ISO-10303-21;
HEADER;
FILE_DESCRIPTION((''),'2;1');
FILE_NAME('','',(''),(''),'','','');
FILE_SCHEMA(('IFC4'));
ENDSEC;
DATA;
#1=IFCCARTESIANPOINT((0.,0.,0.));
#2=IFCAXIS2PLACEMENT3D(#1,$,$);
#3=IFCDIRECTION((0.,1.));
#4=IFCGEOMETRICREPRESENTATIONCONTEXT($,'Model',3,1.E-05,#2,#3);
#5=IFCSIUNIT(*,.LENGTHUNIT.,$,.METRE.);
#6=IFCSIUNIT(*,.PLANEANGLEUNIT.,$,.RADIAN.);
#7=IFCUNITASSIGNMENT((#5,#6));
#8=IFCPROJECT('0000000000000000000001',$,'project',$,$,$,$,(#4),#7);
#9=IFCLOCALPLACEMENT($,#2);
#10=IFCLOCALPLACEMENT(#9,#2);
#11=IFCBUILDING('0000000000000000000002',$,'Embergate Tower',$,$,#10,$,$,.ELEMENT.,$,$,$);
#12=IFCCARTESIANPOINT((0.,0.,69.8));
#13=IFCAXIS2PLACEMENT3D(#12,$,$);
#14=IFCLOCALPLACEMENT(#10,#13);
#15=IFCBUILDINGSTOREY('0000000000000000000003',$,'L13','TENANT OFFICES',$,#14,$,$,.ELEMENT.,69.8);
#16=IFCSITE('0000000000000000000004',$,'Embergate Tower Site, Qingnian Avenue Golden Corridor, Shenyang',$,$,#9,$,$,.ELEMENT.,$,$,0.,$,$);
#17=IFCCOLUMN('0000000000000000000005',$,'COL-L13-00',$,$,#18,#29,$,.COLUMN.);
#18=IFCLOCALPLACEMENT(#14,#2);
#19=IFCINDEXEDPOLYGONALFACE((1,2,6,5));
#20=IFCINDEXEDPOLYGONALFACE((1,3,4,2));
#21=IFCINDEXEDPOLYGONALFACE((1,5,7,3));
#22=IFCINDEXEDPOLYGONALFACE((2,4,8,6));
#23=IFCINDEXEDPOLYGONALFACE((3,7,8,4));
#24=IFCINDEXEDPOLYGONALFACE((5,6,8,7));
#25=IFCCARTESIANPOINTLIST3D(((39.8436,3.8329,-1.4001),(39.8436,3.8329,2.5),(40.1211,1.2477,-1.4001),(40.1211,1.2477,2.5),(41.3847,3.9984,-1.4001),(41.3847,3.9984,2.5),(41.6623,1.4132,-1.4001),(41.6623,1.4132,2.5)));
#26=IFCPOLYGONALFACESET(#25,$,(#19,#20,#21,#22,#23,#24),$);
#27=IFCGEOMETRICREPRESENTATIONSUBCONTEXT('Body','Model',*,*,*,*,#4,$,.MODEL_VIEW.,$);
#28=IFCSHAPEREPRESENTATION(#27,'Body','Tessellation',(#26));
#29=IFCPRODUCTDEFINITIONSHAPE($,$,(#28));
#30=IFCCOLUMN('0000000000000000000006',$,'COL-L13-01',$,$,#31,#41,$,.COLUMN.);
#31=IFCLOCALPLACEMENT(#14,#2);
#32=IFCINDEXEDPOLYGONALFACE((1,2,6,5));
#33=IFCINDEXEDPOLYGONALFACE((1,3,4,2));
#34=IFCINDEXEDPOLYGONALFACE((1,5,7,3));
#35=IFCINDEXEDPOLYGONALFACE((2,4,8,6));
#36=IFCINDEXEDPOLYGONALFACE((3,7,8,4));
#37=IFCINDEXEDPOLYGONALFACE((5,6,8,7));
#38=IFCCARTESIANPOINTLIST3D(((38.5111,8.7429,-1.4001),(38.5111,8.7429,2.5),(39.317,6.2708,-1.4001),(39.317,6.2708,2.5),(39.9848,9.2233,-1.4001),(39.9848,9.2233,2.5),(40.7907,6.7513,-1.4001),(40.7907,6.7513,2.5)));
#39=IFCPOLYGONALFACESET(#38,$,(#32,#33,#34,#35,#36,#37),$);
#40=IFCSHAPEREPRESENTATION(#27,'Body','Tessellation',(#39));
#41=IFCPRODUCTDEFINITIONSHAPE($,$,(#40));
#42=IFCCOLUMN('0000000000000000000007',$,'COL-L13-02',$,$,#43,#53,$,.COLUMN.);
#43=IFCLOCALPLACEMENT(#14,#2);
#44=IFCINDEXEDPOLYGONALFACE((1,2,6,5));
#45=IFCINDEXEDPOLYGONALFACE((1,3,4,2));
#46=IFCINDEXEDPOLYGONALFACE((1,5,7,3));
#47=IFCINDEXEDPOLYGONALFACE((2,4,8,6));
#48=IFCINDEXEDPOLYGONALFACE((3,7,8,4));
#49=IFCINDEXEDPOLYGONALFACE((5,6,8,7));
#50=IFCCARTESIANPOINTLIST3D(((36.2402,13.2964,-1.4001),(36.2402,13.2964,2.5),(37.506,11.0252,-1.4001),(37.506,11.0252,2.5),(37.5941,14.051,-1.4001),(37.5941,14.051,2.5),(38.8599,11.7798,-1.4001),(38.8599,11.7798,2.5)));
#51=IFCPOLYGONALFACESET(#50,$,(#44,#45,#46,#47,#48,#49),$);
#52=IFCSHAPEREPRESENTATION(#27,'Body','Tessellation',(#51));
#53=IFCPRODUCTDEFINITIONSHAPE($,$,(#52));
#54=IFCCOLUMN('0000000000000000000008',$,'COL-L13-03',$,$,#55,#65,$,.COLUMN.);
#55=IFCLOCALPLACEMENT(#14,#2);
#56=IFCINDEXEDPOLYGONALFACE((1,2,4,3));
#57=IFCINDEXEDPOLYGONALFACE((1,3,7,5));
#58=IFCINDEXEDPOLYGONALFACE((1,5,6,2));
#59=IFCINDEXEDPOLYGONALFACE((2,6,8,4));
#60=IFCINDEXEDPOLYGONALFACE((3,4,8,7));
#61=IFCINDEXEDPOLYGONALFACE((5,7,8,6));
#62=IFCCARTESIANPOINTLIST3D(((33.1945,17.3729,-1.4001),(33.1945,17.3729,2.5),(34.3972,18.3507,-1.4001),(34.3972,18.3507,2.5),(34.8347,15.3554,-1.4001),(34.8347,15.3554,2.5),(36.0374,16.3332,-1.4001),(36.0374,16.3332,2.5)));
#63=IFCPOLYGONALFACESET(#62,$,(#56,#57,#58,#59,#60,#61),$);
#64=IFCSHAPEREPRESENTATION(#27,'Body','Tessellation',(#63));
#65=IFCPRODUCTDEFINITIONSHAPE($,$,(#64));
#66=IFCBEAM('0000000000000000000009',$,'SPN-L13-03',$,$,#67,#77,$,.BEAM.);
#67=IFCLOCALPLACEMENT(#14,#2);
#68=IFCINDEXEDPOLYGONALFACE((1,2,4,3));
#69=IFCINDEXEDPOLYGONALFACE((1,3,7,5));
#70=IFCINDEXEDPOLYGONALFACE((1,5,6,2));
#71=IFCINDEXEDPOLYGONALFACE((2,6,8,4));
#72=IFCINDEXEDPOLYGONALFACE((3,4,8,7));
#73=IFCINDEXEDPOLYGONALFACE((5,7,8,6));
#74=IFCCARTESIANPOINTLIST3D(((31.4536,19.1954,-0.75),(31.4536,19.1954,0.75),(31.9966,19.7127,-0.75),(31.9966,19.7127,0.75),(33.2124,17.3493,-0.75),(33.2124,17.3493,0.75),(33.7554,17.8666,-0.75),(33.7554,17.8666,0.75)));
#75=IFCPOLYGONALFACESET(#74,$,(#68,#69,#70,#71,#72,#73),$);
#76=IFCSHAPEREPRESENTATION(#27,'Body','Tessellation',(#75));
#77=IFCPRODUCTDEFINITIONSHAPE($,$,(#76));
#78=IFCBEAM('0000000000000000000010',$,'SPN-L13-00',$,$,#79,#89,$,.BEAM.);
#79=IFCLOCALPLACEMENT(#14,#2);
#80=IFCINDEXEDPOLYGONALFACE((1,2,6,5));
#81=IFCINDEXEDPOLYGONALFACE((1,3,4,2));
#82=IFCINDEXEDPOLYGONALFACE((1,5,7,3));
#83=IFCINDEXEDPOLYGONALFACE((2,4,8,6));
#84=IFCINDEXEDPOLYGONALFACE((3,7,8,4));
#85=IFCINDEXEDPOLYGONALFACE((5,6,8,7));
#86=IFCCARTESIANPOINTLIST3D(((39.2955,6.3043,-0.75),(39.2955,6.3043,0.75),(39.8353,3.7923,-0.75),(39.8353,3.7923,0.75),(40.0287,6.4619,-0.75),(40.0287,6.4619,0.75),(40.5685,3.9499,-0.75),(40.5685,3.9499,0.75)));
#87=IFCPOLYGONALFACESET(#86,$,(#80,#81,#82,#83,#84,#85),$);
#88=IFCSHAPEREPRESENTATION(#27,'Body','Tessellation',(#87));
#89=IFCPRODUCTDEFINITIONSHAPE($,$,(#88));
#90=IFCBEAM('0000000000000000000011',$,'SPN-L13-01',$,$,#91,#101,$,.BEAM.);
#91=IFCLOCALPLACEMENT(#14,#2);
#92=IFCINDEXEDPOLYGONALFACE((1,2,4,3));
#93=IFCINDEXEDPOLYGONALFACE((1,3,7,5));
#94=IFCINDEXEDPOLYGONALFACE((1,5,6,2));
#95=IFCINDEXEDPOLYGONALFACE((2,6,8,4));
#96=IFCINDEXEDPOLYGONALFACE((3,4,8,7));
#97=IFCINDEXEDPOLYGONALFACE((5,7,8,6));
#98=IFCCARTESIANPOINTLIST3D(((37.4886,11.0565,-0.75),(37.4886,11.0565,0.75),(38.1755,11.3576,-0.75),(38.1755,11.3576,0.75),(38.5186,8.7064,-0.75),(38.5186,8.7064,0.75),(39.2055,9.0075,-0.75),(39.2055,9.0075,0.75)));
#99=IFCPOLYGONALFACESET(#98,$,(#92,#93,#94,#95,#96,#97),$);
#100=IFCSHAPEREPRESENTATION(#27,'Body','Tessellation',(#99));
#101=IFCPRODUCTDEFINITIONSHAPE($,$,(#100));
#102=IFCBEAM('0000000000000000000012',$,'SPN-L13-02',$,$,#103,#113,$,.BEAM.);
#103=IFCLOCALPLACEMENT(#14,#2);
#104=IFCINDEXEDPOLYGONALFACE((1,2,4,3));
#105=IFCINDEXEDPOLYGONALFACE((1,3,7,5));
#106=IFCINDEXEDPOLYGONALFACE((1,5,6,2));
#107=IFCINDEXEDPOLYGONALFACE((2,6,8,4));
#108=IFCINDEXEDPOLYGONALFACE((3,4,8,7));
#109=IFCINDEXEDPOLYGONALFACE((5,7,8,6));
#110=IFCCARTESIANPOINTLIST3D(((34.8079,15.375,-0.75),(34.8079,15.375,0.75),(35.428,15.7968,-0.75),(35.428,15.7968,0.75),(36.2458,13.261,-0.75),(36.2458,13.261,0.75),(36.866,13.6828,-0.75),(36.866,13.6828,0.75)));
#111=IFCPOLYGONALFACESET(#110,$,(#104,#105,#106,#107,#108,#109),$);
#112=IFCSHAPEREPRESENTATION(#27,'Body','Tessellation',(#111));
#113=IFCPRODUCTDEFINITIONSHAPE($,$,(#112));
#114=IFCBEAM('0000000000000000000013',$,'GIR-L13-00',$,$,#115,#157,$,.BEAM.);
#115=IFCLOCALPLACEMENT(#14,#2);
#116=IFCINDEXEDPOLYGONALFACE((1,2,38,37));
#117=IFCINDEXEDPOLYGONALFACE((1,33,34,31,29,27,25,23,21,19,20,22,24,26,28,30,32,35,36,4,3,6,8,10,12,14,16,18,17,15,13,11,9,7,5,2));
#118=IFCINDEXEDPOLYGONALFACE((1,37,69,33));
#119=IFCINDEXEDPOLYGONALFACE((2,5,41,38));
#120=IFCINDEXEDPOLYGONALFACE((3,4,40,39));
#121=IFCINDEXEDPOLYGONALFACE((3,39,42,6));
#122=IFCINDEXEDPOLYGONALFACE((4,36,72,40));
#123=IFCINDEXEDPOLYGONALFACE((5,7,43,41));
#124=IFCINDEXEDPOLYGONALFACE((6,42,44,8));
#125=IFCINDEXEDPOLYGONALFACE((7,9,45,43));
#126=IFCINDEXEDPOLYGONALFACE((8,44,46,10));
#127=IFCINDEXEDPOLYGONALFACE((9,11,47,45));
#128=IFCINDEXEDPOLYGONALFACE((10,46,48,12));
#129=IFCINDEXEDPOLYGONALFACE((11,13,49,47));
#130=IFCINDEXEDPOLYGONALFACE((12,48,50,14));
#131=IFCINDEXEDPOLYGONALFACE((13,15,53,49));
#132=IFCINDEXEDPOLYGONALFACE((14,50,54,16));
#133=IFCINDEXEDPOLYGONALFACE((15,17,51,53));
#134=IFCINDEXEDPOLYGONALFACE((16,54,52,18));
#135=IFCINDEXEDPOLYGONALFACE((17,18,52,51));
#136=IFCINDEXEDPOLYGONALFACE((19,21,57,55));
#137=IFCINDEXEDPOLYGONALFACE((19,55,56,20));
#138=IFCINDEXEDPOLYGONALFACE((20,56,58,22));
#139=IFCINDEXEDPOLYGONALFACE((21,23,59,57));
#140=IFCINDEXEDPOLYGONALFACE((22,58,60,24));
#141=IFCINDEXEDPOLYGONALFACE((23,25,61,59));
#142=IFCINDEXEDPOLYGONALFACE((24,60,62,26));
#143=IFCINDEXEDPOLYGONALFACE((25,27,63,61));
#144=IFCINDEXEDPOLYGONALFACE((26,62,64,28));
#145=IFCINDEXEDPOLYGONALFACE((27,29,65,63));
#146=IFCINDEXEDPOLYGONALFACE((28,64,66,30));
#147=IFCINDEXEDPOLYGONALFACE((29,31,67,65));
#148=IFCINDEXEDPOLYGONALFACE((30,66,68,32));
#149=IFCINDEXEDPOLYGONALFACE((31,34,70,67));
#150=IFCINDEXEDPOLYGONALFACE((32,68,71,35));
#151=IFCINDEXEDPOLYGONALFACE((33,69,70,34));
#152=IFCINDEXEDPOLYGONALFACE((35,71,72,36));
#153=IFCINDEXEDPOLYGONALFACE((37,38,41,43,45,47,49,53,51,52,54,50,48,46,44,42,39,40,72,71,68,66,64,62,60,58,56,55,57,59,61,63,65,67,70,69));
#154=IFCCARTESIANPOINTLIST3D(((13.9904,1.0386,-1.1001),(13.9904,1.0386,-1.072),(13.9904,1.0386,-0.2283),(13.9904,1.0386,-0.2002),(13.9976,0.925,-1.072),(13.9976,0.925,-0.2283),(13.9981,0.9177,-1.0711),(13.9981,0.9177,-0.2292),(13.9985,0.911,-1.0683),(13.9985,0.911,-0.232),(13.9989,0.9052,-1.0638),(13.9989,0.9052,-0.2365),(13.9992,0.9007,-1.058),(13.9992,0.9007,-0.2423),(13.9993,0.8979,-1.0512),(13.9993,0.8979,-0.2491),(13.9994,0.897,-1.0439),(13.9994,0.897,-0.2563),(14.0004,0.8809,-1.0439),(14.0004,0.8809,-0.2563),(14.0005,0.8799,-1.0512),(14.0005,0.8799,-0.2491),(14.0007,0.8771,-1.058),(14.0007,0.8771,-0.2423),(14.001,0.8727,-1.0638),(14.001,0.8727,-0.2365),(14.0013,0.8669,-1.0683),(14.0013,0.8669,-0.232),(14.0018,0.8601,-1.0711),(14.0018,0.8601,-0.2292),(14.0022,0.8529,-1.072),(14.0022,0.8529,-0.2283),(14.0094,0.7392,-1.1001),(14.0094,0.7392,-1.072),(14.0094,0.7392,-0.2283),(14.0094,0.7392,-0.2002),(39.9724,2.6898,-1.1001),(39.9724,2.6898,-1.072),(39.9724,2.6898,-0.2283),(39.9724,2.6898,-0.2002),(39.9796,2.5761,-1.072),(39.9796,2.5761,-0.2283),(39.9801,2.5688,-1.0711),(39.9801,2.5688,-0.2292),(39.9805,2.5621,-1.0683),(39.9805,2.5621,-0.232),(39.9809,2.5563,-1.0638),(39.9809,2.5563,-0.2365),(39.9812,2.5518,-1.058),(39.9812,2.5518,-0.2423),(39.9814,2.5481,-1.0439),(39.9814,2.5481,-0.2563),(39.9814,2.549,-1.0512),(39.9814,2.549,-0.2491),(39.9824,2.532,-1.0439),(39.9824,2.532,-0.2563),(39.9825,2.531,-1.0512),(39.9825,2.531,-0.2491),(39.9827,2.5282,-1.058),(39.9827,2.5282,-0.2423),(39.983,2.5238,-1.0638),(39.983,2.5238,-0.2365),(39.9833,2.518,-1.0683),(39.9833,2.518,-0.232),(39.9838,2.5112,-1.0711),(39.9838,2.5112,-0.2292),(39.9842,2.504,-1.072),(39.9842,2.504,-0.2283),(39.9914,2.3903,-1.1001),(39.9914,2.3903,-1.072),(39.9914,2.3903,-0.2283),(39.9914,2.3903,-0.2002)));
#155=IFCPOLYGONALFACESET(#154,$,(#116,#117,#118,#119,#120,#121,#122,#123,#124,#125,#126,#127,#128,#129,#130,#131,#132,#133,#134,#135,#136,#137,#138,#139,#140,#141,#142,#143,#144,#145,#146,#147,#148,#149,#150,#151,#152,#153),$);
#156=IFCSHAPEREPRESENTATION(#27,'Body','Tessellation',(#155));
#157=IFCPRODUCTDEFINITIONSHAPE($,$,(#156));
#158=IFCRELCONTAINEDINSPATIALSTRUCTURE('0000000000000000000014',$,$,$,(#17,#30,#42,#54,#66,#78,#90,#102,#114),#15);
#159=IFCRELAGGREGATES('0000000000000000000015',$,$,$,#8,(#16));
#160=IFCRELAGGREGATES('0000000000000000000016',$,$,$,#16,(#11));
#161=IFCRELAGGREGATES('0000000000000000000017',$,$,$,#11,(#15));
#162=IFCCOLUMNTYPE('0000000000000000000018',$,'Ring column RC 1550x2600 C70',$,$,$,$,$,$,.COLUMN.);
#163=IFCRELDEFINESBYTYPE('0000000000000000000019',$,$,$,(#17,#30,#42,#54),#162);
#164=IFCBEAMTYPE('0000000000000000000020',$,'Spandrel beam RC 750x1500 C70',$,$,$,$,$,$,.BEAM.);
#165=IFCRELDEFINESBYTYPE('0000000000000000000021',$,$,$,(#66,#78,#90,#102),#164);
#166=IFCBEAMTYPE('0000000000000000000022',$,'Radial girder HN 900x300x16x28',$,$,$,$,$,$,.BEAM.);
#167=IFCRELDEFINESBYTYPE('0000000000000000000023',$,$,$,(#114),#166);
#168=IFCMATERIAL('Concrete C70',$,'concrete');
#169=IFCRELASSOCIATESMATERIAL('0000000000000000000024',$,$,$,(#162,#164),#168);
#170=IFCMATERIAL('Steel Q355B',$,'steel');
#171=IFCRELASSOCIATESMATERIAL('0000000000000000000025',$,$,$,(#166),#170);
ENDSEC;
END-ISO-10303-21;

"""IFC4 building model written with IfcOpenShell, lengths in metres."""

from ifc_helpers import new_model, si_unit, direction, frame, origin, origin_2d, place, context, subcontext, project, spatial, rectangle, i_section, extrude, source, transform, mapped, material, material_profile, profile_set, type_object, element, save


model = new_model("IFC4")

# Units and contexts
model_context = context("Model", 3, precision=1e-05, world=origin(), true_north=direction((0.0, 1.0)))
body_context = subcontext(model_context, "Body", "Model", "MODEL_VIEW")
ifc_project = project(units=[si_unit("LENGTHUNIT", "METRE"), si_unit("PLANEANGLEUNIT", "RADIAN")], contexts=[model_context])

# Site, building, storey
site_placement = place(None, origin())
site = spatial("IfcSite", under=ifc_project, at=site_placement, Name="Embergate Tower Site, Qingnian Avenue Golden Corridor, Shenyang", CompositionType="ELEMENT", RefElevation=0.0)
building_placement = place(site_placement, origin())
building = spatial("IfcBuilding", under=site, at=building_placement, Name="Embergate Tower", CompositionType="ELEMENT")
storey_placement = place(building_placement, frame((0.0, 0.0, 69.8)))
storey = spatial("IfcBuildingStorey", under=building, at=storey_placement, Name="L13", Description="TENANT OFFICES", CompositionType="ELEMENT", Elevation=69.8)

# Columns
ifc_material_1 = material(Name="Concrete C70", Category="concrete")
ifc_material_profile_1 = material_profile(ifc_material_1, rectangle(XDim=1.55, YDim=2.6001, at=origin_2d()), Name="RC 1550x2600")
ifc_profile_set_1 = profile_set([ifc_material_profile_1], Name="Concrete C70")
column_type = type_object("IfcColumnType", Name="Ring column RC 1550x2600 C70", PredefinedType="COLUMN", material=ifc_profile_set_1)
shared_shape_1 = source(origin(), body_context, "Body", "SweptSolid", [
    extrude(rectangle(XDim=1.55, YDim=2.6001, at=origin_2d()), origin(), (0.0, 0.0, 1.0), 3.9001),
])
for number, where, z_axis, x_axis, name in (
    (1, (40.7529, 2.623, -1.4001), (0.0, 0.0, 1.0), (0.994286, 0.10675, 0.0), "COL-L13-00"),
    (2, (39.6509, 7.7471, -1.4001), (0.0, 0.0, 1.0), (0.950754, 0.309946, 0.0), "COL-L13-01"),
    (3, (37.55, 12.5381, -1.4001), (0.0, 0.0, 1.0), (0.8735, 0.486823, 0.0), "COL-L13-02"),
    (4, (34.616, 16.853, -1.4001), (0.0, 0.0, 1.0), (0.775925, 0.630825, 0.0), "COL-L13-03"),
):
    element("IfcColumn", number, at=place(storey_placement, frame(where, z_axis=z_axis, x_axis=x_axis)), inside=storey, type_object=column_type, Name=name, PredefinedType="COLUMN", context=body_context, shape_type="MappedRepresentation", body=[
        mapped(shared_shape_1, transform((0.0, 0.0, 0.0))),
    ])

# Beams
ifc_material_profile_2 = material_profile(ifc_material_1, rectangle(XDim=0.75, YDim=1.5, at=origin_2d()), Name="RC 750x1500")
ifc_profile_set_2 = profile_set([ifc_material_profile_2], Name="Concrete C70")
beam_type_1 = type_object("IfcBeamType", Name="Spandrel beam RC 750x1500 C70", PredefinedType="BEAM", material=ifc_profile_set_2)
shared_shape_2 = source(origin(), body_context, "Body", "SweptSolid", [
    extrude(rectangle(XDim=0.75, YDim=1.5, at=origin_2d()), origin(), (0.0, 0.0, 1.0), 2.5498),
])
beam_1_placement = place(storey_placement, frame((33.4839, 17.6079, 0.0), z_axis=(-0.68976, 0.724038, 0.0), x_axis=(-0.724038, -0.68976, 0.0)))
element("IfcBeam", 5, at=beam_1_placement, inside=storey, type_object=beam_type_1, Name="SPN-L13-03", PredefinedType="BEAM", context=body_context, shape_type="MappedRepresentation", body=[
    mapped(shared_shape_2, transform((0.0, 0.0, 0.0))),
])
shared_shape_3 = source(origin(), body_context, "Body", "SweptSolid", [
    extrude(rectangle(XDim=0.75, YDim=1.5, at=origin_2d()), origin(), (0.0, 0.0, 1.0), 2.5693),
])
beam_2_placement = place(storey_placement, frame((40.2019, 3.8711, 0.0), z_axis=(-0.210094, 0.977681, 0.0), x_axis=(-0.977681, -0.210094, 0.0)))
element("IfcBeam", 6, at=beam_2_placement, inside=storey, type_object=beam_type_1, Name="SPN-L13-00", PredefinedType="BEAM", context=body_context, shape_type="MappedRepresentation", body=[
    mapped(shared_shape_3, transform((0.0, 0.0, 0.0))),
])
shared_shape_4 = source(origin(), body_context, "Body", "SweptSolid", [
    extrude(rectangle(XDim=0.75, YDim=1.5, at=origin_2d()), origin(), (0.0, 0.0, 1.0), 2.5659),
])
beam_3_placement = place(storey_placement, frame((38.8621, 8.8569, 0.0), z_axis=(-0.401428, 0.915891, 0.0), x_axis=(-0.915891, -0.401428, 0.0)))
element("IfcBeam", 7, at=beam_3_placement, inside=storey, type_object=beam_type_1, Name="SPN-L13-01", PredefinedType="BEAM", context=body_context, shape_type="MappedRepresentation", body=[
    mapped(shared_shape_4, transform((0.0, 0.0, 0.0))),
])
shared_shape_5 = source(origin(), body_context, "Body", "SweptSolid", [
    extrude(rectangle(XDim=0.75, YDim=1.5, at=origin_2d()), origin(), (0.0, 0.0, 1.0), 2.5566),
])
beam_4_placement = place(storey_placement, frame((36.5559, 13.4719, 0.0), z_axis=(-0.562433, 0.826843, 0.0), x_axis=(-0.826843, -0.562433, 0.0)))
element("IfcBeam", 8, at=beam_4_placement, inside=storey, type_object=beam_type_1, Name="SPN-L13-02", PredefinedType="BEAM", context=body_context, shape_type="MappedRepresentation", body=[
    mapped(shared_shape_5, transform((0.0, 0.0, 0.0))),
])
ifc_material_2 = material(Name="Steel Q355B", Category="steel")
ifc_material_profile_3 = material_profile(ifc_material_2, i_section(OverallWidth=0.3, OverallDepth=0.8999, WebThickness=0.0161, FlangeThickness=0.0281, FilletRadius=0.0281, at=origin_2d()), Name="HN 900x300x16x28")
ifc_profile_set_3 = profile_set([ifc_material_profile_3], Name="Steel Q355 grade B")
beam_type_2 = type_object("IfcBeamType", Name="Radial girder HN 900x300x16x28", PredefinedType="BEAM", material=ifc_profile_set_3)
shared_shape_6 = source(origin(), body_context, "Body", "SweptSolid", [
    extrude(i_section(OverallWidth=0.3, OverallDepth=0.8999, WebThickness=0.0161, FlangeThickness=0.0281, FilletRadius=0.0281, at=origin_2d()), origin(), (0.0, 0.0, 1.0), 26.0344),
])
beam_5_placement = place(storey_placement, frame((39.9819, 2.54, -0.6501), z_axis=(-0.997987, -0.063421, 0.0), x_axis=(0.063421, -0.997987, 0.0)))
element("IfcBeam", 9, at=beam_5_placement, inside=storey, type_object=beam_type_2, Name="GIR-L13-00", PredefinedType="BEAM", context=body_context, shape_type="MappedRepresentation", body=[
    mapped(shared_shape_6, transform((0.0, 0.0, 0.0))),
])

save(model, "model.ifc")
